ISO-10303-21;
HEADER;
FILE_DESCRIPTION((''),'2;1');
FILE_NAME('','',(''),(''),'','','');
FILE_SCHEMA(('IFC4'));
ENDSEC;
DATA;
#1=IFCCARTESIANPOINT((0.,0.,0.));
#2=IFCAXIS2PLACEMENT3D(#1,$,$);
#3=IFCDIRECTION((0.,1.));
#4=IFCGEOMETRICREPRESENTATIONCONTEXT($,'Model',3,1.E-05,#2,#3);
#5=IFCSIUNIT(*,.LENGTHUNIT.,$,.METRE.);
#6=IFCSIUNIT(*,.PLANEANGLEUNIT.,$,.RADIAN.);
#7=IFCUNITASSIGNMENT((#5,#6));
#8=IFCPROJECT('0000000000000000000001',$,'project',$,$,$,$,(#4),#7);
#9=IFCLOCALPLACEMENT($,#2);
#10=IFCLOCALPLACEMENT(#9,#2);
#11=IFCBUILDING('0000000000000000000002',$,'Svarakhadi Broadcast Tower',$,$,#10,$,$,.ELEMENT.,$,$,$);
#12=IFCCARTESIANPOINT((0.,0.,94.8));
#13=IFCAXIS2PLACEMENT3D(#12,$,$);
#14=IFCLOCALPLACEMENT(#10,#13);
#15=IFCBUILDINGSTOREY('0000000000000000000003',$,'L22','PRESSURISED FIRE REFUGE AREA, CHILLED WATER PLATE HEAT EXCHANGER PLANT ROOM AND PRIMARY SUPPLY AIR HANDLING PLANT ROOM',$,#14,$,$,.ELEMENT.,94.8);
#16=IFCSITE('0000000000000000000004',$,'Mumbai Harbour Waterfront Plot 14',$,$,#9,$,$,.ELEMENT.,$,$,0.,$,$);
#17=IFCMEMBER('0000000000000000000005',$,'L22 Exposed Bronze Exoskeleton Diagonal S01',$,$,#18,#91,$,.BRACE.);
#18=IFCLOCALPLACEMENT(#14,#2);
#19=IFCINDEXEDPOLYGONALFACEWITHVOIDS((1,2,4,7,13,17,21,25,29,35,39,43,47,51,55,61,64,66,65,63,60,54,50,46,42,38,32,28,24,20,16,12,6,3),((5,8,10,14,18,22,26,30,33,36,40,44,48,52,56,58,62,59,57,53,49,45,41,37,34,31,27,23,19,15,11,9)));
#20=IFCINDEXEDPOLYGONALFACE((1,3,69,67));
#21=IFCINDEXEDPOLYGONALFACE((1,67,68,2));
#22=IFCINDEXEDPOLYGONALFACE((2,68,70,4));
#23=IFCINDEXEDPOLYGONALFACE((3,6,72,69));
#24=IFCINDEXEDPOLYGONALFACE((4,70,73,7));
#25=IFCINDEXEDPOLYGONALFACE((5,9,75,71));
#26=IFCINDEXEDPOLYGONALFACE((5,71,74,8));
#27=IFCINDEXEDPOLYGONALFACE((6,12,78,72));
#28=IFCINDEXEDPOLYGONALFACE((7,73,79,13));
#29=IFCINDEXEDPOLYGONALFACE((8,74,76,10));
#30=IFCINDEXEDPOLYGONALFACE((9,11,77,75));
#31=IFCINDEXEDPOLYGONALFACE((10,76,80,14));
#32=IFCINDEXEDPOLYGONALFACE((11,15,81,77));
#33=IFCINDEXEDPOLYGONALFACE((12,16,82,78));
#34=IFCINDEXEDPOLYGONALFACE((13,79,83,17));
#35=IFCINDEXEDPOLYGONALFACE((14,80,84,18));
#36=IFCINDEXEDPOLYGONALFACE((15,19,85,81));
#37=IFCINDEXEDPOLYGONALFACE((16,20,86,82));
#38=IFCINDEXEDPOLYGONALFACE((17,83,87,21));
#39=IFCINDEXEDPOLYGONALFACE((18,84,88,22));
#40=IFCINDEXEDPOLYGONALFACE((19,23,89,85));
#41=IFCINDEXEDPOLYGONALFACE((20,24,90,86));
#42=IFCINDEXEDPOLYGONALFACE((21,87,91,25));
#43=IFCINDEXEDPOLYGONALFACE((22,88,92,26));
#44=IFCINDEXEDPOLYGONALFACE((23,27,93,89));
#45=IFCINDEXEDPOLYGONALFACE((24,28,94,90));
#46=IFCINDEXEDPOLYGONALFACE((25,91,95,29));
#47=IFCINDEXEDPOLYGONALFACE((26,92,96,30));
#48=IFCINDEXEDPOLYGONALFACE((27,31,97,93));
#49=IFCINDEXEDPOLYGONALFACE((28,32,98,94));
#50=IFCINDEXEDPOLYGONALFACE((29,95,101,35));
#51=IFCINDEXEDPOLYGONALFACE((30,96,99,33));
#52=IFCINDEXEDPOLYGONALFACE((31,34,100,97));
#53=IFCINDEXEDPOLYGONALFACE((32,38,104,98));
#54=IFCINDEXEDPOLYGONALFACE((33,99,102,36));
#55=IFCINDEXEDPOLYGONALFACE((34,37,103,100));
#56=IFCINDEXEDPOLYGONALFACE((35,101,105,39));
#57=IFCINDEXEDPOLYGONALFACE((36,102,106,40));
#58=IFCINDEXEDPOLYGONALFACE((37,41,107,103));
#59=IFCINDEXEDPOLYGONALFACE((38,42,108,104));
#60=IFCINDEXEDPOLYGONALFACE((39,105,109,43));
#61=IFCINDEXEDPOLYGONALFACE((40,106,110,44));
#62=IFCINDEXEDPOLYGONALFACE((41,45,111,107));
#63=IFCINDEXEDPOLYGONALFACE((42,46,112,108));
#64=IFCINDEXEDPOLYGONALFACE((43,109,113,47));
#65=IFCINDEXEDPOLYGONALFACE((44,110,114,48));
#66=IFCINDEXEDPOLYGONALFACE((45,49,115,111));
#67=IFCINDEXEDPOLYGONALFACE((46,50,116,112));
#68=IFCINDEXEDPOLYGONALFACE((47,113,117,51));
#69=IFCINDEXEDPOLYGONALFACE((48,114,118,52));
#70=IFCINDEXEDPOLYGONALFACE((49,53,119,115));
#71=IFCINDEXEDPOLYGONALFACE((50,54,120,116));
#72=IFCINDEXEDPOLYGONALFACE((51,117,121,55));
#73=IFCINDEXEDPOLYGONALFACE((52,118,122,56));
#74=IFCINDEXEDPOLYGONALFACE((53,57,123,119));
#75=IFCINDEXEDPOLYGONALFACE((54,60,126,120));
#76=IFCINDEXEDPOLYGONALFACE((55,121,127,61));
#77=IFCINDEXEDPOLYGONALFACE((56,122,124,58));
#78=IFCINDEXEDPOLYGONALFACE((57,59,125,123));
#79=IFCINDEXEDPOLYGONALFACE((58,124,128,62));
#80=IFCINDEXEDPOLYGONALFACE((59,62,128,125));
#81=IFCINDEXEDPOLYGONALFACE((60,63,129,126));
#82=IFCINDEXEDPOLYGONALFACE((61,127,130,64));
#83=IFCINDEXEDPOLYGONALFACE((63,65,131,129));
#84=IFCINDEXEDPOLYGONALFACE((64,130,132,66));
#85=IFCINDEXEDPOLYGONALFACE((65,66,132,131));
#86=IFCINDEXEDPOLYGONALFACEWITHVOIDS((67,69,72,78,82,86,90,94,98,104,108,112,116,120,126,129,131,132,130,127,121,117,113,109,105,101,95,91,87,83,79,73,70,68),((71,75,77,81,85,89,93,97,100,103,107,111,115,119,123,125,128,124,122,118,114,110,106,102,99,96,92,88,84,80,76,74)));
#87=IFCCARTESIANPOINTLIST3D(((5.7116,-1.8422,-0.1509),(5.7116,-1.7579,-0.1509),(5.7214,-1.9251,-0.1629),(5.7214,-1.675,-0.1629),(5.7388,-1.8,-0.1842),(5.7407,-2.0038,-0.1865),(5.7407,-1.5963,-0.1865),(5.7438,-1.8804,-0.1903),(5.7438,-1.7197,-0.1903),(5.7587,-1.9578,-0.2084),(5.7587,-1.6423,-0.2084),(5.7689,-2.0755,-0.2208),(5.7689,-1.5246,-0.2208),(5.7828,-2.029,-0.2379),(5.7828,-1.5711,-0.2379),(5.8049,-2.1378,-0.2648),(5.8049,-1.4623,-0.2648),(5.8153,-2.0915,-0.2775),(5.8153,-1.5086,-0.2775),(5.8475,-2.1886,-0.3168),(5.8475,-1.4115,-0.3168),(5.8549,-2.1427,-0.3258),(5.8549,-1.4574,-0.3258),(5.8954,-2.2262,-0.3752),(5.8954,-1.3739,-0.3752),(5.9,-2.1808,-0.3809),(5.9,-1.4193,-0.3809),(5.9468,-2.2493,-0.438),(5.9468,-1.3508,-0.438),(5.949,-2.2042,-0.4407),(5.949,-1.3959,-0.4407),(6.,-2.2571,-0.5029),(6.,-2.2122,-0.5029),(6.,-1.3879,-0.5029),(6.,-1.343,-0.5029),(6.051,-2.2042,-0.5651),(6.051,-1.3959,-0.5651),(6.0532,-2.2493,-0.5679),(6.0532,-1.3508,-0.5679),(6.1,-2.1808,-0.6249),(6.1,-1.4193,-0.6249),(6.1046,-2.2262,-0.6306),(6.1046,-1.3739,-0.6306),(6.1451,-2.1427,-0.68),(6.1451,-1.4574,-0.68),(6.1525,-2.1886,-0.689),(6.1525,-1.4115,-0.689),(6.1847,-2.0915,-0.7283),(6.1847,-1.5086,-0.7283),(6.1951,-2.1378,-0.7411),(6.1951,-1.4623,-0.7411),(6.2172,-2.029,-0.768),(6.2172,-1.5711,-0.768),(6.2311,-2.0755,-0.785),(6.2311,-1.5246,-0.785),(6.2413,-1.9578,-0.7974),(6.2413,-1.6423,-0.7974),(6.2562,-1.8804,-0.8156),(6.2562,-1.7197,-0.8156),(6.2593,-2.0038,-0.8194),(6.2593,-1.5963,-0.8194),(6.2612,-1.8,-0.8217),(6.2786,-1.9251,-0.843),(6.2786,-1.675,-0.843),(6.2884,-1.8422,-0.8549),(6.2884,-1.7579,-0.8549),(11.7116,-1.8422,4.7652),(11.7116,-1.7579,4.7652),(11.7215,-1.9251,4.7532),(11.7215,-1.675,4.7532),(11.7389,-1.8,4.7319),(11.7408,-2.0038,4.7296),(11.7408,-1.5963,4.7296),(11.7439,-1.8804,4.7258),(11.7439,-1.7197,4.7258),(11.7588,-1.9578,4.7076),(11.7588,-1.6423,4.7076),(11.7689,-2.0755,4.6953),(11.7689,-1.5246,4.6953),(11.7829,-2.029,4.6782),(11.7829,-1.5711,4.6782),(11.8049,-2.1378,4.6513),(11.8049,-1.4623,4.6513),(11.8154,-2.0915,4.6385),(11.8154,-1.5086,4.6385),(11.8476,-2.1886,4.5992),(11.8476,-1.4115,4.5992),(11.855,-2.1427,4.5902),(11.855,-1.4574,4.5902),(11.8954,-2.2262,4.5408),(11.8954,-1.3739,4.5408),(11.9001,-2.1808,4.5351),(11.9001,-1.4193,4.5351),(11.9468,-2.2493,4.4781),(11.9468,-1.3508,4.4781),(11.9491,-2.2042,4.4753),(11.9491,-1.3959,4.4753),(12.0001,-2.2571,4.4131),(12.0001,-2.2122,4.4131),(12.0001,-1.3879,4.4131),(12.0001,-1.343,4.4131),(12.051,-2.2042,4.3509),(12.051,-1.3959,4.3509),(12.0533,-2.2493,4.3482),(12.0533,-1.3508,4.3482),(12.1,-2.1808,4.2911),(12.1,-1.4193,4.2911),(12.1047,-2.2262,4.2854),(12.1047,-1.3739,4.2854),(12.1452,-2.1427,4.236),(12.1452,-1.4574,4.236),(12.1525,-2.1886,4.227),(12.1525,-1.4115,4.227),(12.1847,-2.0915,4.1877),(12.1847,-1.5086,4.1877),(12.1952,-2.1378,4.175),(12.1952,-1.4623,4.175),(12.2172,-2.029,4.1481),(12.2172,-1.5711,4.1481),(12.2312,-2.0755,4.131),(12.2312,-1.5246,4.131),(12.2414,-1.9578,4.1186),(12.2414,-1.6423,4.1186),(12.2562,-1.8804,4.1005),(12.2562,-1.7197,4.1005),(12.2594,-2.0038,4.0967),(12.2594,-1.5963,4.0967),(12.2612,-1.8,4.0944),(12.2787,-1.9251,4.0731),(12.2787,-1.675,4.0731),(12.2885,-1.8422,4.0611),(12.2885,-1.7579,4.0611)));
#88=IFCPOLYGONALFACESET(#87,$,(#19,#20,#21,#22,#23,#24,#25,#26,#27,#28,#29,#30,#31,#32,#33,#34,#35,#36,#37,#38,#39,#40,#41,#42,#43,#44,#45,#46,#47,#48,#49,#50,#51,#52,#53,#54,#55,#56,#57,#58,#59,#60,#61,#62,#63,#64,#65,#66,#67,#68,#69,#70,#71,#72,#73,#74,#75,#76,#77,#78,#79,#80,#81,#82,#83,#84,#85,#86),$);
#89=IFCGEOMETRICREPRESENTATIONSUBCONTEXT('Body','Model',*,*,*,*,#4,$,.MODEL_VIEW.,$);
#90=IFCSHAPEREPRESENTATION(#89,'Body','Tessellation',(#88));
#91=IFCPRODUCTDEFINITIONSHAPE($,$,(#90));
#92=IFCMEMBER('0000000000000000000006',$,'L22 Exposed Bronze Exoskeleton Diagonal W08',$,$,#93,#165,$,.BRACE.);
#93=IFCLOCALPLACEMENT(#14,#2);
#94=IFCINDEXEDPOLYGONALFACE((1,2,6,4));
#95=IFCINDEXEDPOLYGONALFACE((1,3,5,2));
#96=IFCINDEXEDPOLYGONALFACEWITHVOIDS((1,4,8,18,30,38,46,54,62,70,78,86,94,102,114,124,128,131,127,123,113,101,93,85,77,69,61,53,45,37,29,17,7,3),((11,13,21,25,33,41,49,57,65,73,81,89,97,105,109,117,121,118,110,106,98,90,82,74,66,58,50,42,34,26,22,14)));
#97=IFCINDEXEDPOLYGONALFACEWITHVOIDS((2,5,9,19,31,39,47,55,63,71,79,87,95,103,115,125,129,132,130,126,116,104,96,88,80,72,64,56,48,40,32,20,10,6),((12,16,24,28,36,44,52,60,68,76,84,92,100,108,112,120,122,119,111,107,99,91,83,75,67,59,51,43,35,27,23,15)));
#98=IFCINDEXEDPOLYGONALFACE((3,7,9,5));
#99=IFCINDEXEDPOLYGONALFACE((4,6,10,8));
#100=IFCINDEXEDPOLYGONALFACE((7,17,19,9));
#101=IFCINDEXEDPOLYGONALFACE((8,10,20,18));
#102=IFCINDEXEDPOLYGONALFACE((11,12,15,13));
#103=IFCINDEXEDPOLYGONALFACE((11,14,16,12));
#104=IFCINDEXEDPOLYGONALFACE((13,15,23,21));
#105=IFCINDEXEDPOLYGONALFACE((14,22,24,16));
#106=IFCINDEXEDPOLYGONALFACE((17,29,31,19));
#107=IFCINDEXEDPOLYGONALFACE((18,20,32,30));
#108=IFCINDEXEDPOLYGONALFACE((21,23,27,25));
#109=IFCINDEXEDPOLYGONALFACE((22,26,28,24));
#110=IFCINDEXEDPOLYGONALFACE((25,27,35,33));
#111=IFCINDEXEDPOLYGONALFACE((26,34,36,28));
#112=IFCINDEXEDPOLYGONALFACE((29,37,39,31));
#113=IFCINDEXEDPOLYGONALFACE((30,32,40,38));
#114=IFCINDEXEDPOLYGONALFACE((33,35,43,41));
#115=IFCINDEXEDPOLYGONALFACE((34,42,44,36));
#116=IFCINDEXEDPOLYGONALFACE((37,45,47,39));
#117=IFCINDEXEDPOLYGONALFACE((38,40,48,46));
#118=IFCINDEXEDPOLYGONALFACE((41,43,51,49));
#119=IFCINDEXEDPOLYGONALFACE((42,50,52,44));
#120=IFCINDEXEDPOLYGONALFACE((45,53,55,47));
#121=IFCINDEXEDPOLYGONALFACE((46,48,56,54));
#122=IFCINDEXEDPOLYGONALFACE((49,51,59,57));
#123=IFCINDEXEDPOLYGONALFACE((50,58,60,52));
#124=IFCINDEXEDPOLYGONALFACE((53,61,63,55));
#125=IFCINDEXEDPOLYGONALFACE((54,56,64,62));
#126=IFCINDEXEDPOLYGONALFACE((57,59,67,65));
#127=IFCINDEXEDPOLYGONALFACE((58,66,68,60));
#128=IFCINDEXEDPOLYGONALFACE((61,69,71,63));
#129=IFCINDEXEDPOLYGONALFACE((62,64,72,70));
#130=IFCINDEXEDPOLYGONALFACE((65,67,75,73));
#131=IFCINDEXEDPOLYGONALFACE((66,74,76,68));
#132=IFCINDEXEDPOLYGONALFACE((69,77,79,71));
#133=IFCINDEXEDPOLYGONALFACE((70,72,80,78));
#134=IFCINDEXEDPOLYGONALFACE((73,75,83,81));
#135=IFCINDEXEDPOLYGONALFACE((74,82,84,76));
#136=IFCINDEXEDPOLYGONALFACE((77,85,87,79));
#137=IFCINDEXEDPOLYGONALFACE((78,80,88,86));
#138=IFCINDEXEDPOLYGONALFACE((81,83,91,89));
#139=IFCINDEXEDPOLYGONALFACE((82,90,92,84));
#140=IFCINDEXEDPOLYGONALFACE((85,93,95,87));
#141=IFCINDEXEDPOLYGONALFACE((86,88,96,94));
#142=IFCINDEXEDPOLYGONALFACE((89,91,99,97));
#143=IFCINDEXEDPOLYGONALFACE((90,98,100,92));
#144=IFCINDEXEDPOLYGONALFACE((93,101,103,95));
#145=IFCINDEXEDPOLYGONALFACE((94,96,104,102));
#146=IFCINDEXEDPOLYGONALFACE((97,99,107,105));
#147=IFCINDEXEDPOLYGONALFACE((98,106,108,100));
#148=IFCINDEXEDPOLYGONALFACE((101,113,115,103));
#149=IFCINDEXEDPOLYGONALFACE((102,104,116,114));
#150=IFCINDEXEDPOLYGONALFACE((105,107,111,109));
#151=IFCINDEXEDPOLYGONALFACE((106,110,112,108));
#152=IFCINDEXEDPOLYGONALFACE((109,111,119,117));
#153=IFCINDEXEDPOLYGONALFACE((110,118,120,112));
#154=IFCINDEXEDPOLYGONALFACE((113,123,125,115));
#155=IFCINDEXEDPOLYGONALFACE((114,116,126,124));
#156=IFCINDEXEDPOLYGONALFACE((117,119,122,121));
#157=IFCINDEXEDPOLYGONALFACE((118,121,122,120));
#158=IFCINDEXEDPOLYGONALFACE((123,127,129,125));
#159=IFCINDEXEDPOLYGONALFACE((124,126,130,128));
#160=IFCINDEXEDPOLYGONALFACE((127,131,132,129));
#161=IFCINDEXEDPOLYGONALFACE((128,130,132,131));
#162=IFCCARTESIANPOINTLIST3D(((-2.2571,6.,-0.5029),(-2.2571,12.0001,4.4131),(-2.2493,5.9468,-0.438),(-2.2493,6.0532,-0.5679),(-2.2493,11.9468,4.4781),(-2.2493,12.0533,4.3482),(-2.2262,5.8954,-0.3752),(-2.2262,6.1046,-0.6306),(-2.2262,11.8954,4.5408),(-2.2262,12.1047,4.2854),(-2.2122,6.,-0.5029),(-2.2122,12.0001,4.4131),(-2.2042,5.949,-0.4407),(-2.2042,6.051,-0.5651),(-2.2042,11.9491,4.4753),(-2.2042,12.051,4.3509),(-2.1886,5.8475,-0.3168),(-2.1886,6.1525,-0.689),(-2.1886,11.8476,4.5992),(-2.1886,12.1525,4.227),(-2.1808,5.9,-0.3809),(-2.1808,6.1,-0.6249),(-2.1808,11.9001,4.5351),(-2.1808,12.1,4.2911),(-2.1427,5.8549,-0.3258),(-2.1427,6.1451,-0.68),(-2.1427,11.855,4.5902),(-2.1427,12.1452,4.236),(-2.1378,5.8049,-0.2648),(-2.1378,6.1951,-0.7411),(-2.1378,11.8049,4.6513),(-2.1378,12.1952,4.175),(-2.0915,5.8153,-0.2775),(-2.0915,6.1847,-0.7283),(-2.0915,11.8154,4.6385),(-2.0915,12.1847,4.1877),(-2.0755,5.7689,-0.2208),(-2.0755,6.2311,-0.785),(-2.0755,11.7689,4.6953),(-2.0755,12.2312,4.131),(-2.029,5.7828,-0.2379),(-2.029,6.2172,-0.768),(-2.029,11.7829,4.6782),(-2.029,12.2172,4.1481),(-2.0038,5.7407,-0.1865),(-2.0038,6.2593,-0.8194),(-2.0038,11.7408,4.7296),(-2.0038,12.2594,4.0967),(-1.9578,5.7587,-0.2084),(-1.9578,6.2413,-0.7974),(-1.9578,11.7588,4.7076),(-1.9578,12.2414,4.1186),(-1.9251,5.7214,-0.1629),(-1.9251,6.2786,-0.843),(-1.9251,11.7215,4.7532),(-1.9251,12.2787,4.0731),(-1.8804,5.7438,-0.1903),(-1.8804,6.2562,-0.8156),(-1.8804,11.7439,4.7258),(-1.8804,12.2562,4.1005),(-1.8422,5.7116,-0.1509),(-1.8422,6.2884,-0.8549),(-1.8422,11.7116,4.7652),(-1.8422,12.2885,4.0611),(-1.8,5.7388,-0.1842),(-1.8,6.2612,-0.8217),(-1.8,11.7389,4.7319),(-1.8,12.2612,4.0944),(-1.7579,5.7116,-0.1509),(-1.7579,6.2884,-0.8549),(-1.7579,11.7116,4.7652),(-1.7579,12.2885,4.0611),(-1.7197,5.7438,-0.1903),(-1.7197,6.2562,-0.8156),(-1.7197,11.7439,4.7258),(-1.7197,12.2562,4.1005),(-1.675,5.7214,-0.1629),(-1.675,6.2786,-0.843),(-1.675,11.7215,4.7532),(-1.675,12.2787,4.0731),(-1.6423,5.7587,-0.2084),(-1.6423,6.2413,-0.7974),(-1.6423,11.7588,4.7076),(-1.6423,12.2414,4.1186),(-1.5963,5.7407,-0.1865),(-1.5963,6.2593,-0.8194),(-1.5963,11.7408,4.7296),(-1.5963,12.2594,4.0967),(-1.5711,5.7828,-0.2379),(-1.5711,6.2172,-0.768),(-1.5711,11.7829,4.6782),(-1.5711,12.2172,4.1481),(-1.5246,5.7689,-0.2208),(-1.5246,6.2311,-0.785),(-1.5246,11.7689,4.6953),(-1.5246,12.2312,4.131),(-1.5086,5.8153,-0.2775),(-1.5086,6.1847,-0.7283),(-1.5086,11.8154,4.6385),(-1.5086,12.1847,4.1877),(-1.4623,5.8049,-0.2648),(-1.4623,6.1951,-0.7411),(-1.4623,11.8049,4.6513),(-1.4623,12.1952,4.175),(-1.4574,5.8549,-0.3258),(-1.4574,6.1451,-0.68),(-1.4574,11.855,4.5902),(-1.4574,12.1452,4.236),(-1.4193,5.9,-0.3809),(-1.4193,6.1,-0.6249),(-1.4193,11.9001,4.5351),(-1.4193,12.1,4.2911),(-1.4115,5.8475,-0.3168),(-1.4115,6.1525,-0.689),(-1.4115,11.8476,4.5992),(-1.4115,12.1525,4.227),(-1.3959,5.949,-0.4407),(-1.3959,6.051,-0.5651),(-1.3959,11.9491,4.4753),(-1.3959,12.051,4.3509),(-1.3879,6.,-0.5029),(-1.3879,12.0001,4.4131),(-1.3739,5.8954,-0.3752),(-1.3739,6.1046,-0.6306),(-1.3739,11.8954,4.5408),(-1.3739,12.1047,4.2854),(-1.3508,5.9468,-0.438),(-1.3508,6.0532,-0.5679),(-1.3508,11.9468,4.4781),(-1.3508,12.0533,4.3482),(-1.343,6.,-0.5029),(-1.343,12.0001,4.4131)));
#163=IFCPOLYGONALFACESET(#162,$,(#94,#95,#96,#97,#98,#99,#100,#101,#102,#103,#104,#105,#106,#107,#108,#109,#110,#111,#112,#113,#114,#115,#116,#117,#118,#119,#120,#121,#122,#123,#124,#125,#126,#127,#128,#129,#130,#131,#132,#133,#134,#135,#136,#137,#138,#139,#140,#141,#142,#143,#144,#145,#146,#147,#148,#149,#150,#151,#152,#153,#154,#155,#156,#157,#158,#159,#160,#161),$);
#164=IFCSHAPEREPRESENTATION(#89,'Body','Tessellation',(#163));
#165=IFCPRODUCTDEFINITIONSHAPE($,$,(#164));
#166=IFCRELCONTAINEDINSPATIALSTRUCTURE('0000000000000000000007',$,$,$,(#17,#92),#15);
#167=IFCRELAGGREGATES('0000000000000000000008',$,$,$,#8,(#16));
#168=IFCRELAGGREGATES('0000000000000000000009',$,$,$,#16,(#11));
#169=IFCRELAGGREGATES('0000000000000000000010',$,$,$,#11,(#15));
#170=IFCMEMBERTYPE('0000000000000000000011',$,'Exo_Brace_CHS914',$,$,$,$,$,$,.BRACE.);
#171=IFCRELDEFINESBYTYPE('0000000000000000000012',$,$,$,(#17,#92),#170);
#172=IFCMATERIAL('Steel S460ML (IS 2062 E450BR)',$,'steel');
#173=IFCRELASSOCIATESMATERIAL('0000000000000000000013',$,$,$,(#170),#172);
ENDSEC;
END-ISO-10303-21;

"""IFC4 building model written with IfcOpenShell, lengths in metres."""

from ifc_helpers import new_model, si_unit, direction, frame, origin, origin_2d, place, context, subcontext, project, spatial, hollow_circle, extrude, material, material_profile, profile_set, type_object, element, save


model = new_model("IFC4")

# Units and contexts
model_context = context("Model", 3, precision=1e-05, world=origin(), true_north=direction((0.0, 1.0)))
body_context = subcontext(model_context, "Body", "Model", "MODEL_VIEW")
ifc_project = project(units=[si_unit("LENGTHUNIT", "METRE"), si_unit("PLANEANGLEUNIT", "RADIAN")], contexts=[model_context])

# Site, building, storey
site_placement = place(None, origin())
site = spatial("IfcSite", under=ifc_project, at=site_placement, Name="Mumbai Harbour Waterfront Plot 14", CompositionType="ELEMENT", RefElevation=0.0)
building_placement = place(site_placement, origin())
building = spatial("IfcBuilding", under=site, at=building_placement, Name="Svarakhadi Broadcast Tower", CompositionType="ELEMENT")
storey_placement = place(building_placement, frame((0.0, 0.0, 94.8)))
storey = spatial("IfcBuildingStorey", under=building, at=storey_placement, Name="L22", Description="PRESSURISED FIRE REFUGE AREA, CHILLED WATER PLATE HEAT EXCHANGER PLANT ROOM AND PRIMARY SUPPLY AIR HANDLING PLANT ROOM", CompositionType="ELEMENT", Elevation=94.8)

# Shared definitions
ifc_material_1 = material(Name="Steel S460ML (IS 2062 E450BR)", Category="steel")

# Members
ifc_material_profile_1 = material_profile(ifc_material_1, hollow_circle(Radius=0.457, WallThickness=0.0449, at=origin_2d()), Name="CHS 914x45")
ifc_profile_set_1 = profile_set([ifc_material_profile_1], Name="Steel S460ML (IS 2062 E450BR)")
member_type_1 = type_object("IfcMemberType", Name="Exo_Brace_CHS914", PredefinedType="BRACE", material=ifc_profile_set_1)
for number, where, z_axis, x_axis, name in (
    (1, (6.0, -1.8, -0.5029), (0.77352, 0.0, 0.633772), (0.0, 1.0, 0.0), "L22 Exposed Bronze Exoskeleton Diagonal S01"),
    (2, (-1.8, 6.0, -0.5029), (0.0, 0.77352, 0.633772), (-1.0, 0.0, 0.0), "L22 Exposed Bronze Exoskeleton Diagonal W08"),
):
    element("IfcMember", number, at=place(storey_placement, frame(where, z_axis=z_axis, x_axis=x_axis)), inside=storey, type_object=member_type_1, Name=name, PredefinedType="BRACE", context=body_context, shape_type="SweptSolid", body=[
        extrude(hollow_circle(Radius=0.457, WallThickness=0.0449, at=origin_2d()), origin(), (0.0, 0.0, 1.0), 7.7568),
    ])

save(model, "model.ifc")
